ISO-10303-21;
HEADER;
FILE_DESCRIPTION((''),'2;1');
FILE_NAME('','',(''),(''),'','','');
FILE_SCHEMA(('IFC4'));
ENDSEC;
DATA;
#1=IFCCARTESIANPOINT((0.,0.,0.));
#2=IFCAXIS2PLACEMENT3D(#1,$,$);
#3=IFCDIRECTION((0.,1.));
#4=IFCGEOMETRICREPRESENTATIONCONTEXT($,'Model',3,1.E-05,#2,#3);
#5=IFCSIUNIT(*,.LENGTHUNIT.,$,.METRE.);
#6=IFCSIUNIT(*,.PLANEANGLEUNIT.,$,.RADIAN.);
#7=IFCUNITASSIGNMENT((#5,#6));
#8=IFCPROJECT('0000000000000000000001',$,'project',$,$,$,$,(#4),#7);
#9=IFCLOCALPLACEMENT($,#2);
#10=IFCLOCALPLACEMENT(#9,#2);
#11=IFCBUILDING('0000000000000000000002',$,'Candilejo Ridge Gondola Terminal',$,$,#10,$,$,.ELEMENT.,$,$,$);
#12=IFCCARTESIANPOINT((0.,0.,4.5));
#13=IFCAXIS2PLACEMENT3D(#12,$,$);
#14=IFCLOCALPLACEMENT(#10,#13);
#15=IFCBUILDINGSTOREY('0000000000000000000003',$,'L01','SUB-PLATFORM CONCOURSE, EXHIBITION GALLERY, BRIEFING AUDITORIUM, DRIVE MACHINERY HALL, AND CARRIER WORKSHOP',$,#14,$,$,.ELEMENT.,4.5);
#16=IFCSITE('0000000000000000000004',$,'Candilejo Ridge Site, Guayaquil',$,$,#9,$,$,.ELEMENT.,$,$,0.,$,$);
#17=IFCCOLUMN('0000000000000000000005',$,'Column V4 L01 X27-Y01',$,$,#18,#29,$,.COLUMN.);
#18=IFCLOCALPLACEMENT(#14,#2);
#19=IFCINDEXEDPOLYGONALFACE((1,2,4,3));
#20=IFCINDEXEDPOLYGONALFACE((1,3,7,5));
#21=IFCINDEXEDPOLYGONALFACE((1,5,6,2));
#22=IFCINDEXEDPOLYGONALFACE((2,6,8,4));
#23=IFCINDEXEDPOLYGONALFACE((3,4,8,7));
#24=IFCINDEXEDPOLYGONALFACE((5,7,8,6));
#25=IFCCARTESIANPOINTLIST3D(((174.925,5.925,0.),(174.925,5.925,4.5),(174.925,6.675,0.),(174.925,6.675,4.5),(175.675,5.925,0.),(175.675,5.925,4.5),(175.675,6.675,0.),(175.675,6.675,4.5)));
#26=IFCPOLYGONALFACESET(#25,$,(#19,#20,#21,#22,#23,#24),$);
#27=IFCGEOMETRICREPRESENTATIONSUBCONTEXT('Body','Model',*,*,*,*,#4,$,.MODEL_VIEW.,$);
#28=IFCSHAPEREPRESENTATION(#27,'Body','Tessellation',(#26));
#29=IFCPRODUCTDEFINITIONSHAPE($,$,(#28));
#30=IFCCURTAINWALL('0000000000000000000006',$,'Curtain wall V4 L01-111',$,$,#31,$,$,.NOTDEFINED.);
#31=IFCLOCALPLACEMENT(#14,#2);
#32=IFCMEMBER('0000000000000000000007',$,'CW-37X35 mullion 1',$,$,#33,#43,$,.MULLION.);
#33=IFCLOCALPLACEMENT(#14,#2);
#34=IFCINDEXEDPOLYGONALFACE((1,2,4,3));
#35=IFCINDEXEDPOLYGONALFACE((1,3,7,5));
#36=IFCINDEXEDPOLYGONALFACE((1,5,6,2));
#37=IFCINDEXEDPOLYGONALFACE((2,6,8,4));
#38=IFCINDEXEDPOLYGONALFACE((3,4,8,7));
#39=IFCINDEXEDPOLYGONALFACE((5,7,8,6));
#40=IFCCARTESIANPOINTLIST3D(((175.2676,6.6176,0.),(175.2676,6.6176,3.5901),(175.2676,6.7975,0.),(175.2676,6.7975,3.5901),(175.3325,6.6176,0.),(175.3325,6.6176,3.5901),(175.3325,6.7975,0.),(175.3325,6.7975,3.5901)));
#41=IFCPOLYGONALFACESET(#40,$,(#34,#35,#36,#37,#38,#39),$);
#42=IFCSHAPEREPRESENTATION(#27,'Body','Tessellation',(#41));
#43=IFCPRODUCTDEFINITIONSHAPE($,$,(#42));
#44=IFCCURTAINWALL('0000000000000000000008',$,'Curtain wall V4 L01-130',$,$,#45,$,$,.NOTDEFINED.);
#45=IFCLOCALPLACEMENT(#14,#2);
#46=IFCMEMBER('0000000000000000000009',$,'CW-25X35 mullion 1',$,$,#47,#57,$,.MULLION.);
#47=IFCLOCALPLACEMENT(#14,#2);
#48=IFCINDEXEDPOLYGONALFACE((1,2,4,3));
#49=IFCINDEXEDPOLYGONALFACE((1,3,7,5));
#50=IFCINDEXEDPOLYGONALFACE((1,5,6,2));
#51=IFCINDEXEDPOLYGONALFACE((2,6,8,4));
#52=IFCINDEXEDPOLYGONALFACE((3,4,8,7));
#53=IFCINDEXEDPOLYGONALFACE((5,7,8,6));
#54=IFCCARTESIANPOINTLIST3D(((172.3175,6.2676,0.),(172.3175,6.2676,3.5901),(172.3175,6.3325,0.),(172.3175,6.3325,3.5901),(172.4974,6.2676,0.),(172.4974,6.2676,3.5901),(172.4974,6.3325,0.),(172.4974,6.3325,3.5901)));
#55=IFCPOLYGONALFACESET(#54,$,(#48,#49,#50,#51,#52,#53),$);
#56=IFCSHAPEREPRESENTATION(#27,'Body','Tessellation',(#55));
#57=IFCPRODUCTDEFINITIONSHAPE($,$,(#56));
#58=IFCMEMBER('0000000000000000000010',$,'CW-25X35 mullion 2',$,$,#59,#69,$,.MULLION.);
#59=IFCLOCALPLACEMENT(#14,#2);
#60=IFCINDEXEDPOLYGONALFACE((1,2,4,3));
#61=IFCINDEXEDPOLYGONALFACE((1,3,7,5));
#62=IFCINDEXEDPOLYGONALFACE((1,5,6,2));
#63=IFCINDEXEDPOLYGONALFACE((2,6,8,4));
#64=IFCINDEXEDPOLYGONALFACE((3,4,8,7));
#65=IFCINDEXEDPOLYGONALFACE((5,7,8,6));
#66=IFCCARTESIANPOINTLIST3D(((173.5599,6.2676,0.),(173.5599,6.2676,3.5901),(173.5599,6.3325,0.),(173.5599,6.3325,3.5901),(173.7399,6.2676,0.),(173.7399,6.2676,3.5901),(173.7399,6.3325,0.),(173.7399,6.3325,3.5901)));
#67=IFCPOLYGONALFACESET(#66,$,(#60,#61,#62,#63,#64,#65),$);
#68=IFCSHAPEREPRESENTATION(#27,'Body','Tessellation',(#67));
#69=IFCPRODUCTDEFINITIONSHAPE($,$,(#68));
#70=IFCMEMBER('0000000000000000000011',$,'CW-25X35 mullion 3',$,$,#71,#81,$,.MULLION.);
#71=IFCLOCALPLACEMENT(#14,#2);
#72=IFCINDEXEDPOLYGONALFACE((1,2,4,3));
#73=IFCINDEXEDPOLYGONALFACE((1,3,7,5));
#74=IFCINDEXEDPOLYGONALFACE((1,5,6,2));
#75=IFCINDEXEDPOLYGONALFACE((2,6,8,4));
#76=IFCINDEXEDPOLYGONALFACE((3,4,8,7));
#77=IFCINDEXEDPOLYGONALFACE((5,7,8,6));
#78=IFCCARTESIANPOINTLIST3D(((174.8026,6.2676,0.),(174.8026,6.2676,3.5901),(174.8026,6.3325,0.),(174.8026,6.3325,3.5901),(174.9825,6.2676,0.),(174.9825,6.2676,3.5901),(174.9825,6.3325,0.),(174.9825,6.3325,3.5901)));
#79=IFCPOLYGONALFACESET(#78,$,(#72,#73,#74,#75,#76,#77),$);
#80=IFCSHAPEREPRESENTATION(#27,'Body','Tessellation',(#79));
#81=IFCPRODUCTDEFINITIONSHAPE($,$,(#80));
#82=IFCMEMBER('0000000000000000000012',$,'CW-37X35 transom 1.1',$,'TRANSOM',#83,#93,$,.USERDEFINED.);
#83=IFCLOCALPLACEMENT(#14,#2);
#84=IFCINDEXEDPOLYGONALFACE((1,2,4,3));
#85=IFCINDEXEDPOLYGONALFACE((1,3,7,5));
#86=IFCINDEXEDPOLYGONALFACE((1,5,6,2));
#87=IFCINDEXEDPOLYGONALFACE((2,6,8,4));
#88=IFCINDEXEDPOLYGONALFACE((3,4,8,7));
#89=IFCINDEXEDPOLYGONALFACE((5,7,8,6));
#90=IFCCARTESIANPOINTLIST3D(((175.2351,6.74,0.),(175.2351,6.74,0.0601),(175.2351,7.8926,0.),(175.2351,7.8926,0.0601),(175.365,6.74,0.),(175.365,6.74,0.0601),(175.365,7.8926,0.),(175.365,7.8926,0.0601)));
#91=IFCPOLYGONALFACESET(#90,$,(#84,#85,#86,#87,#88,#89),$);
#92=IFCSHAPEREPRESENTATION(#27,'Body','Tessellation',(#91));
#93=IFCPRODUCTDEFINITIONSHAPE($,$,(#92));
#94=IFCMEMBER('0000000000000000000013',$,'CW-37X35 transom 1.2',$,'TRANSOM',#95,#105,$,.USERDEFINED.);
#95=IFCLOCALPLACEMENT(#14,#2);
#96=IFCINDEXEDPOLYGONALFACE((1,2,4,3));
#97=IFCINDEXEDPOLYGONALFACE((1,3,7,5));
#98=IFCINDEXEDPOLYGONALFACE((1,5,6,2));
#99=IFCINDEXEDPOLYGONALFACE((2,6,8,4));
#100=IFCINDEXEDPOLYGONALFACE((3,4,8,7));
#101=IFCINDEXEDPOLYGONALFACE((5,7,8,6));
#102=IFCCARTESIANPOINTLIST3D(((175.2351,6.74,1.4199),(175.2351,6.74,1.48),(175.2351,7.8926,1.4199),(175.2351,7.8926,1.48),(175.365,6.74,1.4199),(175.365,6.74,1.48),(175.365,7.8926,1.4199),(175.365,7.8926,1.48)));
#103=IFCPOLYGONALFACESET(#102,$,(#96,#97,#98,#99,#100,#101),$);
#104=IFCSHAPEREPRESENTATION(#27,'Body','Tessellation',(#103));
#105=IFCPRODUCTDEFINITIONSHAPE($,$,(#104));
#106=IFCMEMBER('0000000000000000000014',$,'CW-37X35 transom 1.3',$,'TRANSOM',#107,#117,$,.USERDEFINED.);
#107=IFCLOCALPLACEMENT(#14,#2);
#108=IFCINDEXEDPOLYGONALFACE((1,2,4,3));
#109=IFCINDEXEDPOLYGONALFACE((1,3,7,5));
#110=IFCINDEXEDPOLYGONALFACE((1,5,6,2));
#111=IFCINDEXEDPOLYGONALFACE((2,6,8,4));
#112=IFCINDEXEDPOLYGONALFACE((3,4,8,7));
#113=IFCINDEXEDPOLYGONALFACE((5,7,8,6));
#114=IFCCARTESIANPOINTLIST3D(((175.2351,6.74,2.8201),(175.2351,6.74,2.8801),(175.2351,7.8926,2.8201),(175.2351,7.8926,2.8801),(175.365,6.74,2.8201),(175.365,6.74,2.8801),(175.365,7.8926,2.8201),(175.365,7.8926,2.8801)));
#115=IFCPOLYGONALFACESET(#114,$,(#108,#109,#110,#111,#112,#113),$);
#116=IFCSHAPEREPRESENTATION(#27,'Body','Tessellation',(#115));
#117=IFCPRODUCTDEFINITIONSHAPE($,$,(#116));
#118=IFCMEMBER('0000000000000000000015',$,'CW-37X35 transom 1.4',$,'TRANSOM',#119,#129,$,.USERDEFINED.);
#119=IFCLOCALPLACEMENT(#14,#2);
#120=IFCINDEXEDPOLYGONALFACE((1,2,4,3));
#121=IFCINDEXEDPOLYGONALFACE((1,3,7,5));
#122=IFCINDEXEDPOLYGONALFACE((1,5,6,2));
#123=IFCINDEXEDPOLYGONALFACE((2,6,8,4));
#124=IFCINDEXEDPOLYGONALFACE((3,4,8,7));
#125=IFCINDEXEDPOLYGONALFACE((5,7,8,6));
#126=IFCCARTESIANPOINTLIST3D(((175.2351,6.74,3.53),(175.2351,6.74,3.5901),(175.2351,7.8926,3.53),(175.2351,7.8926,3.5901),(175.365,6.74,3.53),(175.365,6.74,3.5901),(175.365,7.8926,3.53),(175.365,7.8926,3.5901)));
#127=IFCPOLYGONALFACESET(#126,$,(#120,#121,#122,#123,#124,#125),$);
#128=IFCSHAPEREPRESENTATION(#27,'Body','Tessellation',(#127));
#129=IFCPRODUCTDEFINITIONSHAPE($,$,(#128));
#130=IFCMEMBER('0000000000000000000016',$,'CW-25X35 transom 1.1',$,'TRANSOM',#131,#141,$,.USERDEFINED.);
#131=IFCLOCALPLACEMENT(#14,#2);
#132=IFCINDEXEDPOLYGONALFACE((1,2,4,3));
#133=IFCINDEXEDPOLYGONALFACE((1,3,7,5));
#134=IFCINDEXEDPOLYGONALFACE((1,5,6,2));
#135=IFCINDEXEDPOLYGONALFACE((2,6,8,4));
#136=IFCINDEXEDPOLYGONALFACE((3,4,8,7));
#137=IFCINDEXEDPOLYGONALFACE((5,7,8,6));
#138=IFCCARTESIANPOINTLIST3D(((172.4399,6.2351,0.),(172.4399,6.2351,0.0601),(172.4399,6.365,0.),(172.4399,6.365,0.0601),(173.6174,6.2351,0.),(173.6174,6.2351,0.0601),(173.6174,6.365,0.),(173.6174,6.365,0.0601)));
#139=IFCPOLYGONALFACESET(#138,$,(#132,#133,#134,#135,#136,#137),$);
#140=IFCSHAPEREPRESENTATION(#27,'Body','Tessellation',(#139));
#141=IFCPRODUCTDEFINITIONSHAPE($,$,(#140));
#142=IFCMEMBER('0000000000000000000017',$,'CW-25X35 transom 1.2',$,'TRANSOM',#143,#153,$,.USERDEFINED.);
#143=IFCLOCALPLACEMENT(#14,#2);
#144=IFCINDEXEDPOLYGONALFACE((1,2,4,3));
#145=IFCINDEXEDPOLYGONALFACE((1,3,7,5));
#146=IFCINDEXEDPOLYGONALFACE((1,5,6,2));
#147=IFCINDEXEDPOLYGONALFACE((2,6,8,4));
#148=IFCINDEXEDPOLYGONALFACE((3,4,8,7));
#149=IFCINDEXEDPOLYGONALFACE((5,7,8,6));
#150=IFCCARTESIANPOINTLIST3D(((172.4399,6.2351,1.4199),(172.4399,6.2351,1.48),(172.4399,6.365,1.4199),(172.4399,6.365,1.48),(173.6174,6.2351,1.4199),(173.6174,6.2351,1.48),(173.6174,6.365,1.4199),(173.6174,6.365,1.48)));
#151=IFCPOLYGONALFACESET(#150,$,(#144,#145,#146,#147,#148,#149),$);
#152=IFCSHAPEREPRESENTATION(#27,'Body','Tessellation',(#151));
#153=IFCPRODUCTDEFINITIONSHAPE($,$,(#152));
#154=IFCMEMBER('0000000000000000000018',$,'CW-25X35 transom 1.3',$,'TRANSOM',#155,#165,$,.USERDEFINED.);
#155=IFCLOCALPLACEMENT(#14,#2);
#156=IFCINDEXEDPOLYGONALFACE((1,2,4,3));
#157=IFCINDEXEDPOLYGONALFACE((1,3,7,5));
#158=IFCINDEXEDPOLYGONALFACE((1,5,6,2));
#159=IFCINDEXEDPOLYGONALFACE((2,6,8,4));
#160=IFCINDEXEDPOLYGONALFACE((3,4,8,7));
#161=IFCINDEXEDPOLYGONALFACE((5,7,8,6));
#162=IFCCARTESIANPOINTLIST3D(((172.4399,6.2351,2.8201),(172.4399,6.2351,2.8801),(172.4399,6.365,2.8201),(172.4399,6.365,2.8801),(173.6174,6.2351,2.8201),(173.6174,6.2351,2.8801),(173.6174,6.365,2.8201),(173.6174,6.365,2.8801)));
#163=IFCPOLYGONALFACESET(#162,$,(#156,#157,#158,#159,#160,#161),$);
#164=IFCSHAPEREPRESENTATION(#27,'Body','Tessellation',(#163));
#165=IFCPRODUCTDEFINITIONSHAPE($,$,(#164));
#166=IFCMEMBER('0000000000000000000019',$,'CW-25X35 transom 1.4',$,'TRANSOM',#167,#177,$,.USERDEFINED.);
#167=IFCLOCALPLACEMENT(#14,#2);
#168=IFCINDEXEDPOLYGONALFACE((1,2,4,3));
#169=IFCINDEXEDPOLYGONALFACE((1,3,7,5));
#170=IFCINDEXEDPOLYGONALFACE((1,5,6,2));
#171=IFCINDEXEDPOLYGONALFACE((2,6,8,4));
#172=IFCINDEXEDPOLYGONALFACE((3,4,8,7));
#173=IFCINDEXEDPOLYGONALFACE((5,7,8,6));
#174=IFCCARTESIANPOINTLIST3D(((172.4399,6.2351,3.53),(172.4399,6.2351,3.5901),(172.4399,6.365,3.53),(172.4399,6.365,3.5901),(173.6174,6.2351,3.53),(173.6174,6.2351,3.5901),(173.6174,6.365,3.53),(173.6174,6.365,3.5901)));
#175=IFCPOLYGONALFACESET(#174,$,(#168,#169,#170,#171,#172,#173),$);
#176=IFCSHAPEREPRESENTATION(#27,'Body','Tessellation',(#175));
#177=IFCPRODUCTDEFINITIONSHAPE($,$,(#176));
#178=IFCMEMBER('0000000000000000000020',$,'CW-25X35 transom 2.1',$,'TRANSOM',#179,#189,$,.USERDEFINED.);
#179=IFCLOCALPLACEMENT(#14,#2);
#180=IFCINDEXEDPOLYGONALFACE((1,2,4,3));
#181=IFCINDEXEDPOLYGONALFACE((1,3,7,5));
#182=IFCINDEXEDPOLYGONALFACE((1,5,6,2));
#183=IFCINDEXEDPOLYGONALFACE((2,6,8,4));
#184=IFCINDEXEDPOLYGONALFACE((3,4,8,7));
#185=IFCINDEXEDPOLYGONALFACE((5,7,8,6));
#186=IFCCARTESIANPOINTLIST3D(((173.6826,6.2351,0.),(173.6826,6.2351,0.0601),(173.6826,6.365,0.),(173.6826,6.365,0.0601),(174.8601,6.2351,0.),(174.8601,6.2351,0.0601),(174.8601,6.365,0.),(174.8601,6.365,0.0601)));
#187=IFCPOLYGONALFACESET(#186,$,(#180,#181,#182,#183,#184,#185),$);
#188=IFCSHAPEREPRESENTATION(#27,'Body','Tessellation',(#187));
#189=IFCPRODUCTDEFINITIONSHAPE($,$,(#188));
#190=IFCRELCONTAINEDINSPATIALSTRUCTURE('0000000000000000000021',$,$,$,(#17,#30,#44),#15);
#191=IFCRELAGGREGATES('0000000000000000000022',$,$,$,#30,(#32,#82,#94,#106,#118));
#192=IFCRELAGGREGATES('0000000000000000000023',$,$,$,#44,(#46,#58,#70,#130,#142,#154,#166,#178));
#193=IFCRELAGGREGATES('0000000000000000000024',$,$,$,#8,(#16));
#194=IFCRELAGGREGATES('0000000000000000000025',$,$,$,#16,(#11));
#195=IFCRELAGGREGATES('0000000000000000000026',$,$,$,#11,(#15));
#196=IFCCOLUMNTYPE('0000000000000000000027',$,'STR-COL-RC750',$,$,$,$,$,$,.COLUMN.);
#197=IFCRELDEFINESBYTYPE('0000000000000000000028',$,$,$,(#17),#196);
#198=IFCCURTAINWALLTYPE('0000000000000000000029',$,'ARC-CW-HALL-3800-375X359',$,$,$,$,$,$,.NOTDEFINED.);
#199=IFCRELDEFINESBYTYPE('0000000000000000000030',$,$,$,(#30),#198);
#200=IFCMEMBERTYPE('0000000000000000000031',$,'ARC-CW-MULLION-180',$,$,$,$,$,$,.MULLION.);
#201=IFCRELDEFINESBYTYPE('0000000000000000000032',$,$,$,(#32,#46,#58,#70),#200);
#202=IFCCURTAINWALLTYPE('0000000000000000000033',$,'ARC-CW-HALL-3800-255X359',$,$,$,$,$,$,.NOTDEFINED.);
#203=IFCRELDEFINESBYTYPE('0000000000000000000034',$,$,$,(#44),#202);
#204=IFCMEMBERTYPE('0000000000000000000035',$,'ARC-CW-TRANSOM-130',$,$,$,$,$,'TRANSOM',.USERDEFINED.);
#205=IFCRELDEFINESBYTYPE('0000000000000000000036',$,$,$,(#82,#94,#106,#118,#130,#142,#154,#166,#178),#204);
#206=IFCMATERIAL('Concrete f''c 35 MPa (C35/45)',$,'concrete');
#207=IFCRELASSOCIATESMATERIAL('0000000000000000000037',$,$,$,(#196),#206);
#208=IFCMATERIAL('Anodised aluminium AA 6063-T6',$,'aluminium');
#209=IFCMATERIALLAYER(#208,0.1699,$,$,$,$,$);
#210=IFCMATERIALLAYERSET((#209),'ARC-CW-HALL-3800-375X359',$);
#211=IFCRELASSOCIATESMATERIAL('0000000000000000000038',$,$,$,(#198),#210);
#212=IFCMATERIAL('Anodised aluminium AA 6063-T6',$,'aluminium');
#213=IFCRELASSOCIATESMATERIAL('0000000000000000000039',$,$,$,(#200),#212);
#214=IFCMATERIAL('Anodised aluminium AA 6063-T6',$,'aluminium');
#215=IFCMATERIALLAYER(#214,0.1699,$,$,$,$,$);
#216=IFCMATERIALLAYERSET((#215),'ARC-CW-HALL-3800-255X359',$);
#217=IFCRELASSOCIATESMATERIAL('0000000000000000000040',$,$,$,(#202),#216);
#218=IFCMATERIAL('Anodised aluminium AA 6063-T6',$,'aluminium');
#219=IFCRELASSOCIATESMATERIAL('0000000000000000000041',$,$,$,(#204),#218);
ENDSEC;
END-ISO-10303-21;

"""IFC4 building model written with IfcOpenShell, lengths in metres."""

from ifc_helpers import new_model, si_unit, direction, frame, origin, origin_2d, place, context, subcontext, project, spatial, rectangle, extrude, material, layer, layer_set, material_profile, profile_set, type_object, element, aggregate, save


model = new_model("IFC4")

# Units and contexts
model_context = context("Model", 3, precision=1e-05, world=origin(), true_north=direction((0.0, 1.0)))
body_context = subcontext(model_context, "Body", "Model", "MODEL_VIEW")
ifc_project = project(units=[si_unit("LENGTHUNIT", "METRE"), si_unit("PLANEANGLEUNIT", "RADIAN")], contexts=[model_context])

# Site, building, storey
site_placement = place(None, origin())
site = spatial("IfcSite", under=ifc_project, at=site_placement, Name="Candilejo Ridge Site, Guayaquil", CompositionType="ELEMENT", RefElevation=0.0)
building_placement = place(site_placement, origin())
building = spatial("IfcBuilding", under=site, at=building_placement, Name="Candilejo Ridge Gondola Terminal", CompositionType="ELEMENT")
storey_placement = place(building_placement, frame((0.0, 0.0, 4.5)))
storey = spatial("IfcBuildingStorey", under=building, at=storey_placement, Name="L01", Description="SUB-PLATFORM CONCOURSE, EXHIBITION GALLERY, BRIEFING AUDITORIUM, DRIVE MACHINERY HALL, AND CARRIER WORKSHOP", CompositionType="ELEMENT", Elevation=4.5)

# Column
ifc_material_1 = material(Name="Concrete f'c 35 MPa (C35/45)", Category="concrete")
ifc_material_profile_1 = material_profile(ifc_material_1, rectangle(XDim=0.75, YDim=0.75, at=origin_2d()))
ifc_profile_set_1 = profile_set([ifc_material_profile_1], Name="Concrete f'c 35 MPa (C35/45)")
column_type = type_object("IfcColumnType", Name="STR-COL-RC750", PredefinedType="COLUMN", material=ifc_profile_set_1)
column_placement = place(storey_placement, frame((175.3, 6.3, 0.0), z_axis=(0.0, 0.0, 1.0), x_axis=(1.0, 0.0, 0.0)))
element("IfcColumn", 1, at=column_placement, inside=storey, type_object=column_type, Name="Column V4 L01 X27-Y01", PredefinedType="COLUMN", context=body_context, shape_type="SweptSolid", body=[
    extrude(rectangle(XDim=0.75, YDim=0.75, at=origin_2d()), origin(), (0.0, 0.0, 1.0), 4.5),
])

# Curtain wall, member
ifc_material_2 = material(Name="Anodised aluminium AA 6063-T6", Category="aluminium")
ifc_layer_1 = layer(ifc_material_2, 0.1699)
ifc_layer_set_1 = layer_set([ifc_layer_1], Name="ARC-CW-HALL-3800-375X359")
curtain_wall_type_1 = type_object("IfcCurtainWallType", Name="ARC-CW-HALL-3800-375X359", PredefinedType="NOTDEFINED", material=ifc_layer_set_1)
curtain_wall_1_placement = place(storey_placement, origin())
curtain_wall_1 = element("IfcCurtainWall", 2, at=curtain_wall_1_placement, inside=storey, type_object=curtain_wall_type_1, Name="Curtain wall V4 L01-111", PredefinedType="NOTDEFINED")
ifc_material_3 = material(Name="Anodised aluminium AA 6063-T6", Category="aluminium")
ifc_material_profile_2 = material_profile(ifc_material_3, rectangle(XDim=0.0649, YDim=0.1799, at=origin_2d()))
ifc_profile_set_2 = profile_set([ifc_material_profile_2], Name="Anodised aluminium AA 6063-T6")
member_type_1 = type_object("IfcMemberType", Name="ARC-CW-MULLION-180", PredefinedType="MULLION", material=ifc_profile_set_2)
member_1_placement = place(storey_placement, frame((175.3, 6.7075, 0.0), z_axis=(0.0, 0.0, 1.0), x_axis=(-1.0, 0.0, 0.0)))
member_1 = element("IfcMember", 3, at=member_1_placement, type_object=member_type_1, Name="CW-37X35 mullion 1", PredefinedType="MULLION", context=body_context, shape_type="SweptSolid", body=[
    extrude(rectangle(XDim=0.0649, YDim=0.1799, at=origin_2d()), origin(), (0.0, 0.0, 1.0), 3.5901),
])

# Curtain wall, members
ifc_material_4 = material(Name="Anodised aluminium AA 6063-T6", Category="aluminium")
ifc_layer_2 = layer(ifc_material_4, 0.1699)
ifc_layer_set_2 = layer_set([ifc_layer_2], Name="ARC-CW-HALL-3800-255X359")
curtain_wall_type_2 = type_object("IfcCurtainWallType", Name="ARC-CW-HALL-3800-255X359", PredefinedType="NOTDEFINED", material=ifc_layer_set_2)
curtain_wall_2_placement = place(storey_placement, origin())
curtain_wall_2 = element("IfcCurtainWall", 4, at=curtain_wall_2_placement, inside=storey, type_object=curtain_wall_type_2, Name="Curtain wall V4 L01-130", PredefinedType="NOTDEFINED")
member_2_placement = place(storey_placement, frame((172.4075, 6.3, 0.0), z_axis=(0.0, 0.0, 1.0), x_axis=(0.0, 1.0, 0.0)))
member_2 = element("IfcMember", 5, at=member_2_placement, type_object=member_type_1, Name="CW-25X35 mullion 1", PredefinedType="MULLION", context=body_context, shape_type="SweptSolid", body=[
    extrude(rectangle(XDim=0.0649, YDim=0.1799, at=origin_2d()), origin(), (0.0, 0.0, 1.0), 3.5901),
])
member_3_placement = place(storey_placement, frame((173.6499, 6.3, 0.0), z_axis=(0.0, 0.0, 1.0), x_axis=(0.0, 1.0, 0.0)))
member_3 = element("IfcMember", 6, at=member_3_placement, type_object=member_type_1, Name="CW-25X35 mullion 2", PredefinedType="MULLION", context=body_context, shape_type="SweptSolid", body=[
    extrude(rectangle(XDim=0.0649, YDim=0.1799, at=origin_2d()), origin(), (0.0, 0.0, 1.0), 3.5901),
])
member_4_placement = place(storey_placement, frame((174.8926, 6.3, 0.0), z_axis=(0.0, 0.0, 1.0), x_axis=(0.0, 1.0, 0.0)))
member_4 = element("IfcMember", 7, at=member_4_placement, type_object=member_type_1, Name="CW-25X35 mullion 3", PredefinedType="MULLION", context=body_context, shape_type="SweptSolid", body=[
    extrude(rectangle(XDim=0.0649, YDim=0.1799, at=origin_2d()), origin(), (0.0, 0.0, 1.0), 3.5901),
])

# Members
ifc_material_5 = material(Name="Anodised aluminium AA 6063-T6", Category="aluminium")
ifc_material_profile_3 = material_profile(ifc_material_5, rectangle(XDim=0.1299, YDim=0.0601, at=origin_2d()))
ifc_profile_set_3 = profile_set([ifc_material_profile_3], Name="Anodised aluminium AA 6063-T6")
member_type_2 = type_object("IfcMemberType", Name="ARC-CW-TRANSOM-130", ElementType="TRANSOM", PredefinedType="USERDEFINED", material=ifc_profile_set_3)
member_5_placement = place(storey_placement, frame((175.3, 6.74, 0.03), z_axis=(0.0, 1.0, 0.0), x_axis=(-1.0, 0.0, 0.0)))
member_5 = element("IfcMember", 8, at=member_5_placement, type_object=member_type_2, Name="CW-37X35 transom 1.1", ObjectType="TRANSOM", PredefinedType="USERDEFINED", context=body_context, shape_type="SweptSolid", body=[
    extrude(rectangle(XDim=0.1299, YDim=0.0601, at=origin_2d()), origin(), (0.0, 0.0, 1.0), 1.1526),
])
member_6_placement = place(storey_placement, frame((175.3, 6.74, 1.45), z_axis=(0.0, 1.0, 0.0), x_axis=(-1.0, 0.0, 0.0)))
member_6 = element("IfcMember", 9, at=member_6_placement, type_object=member_type_2, Name="CW-37X35 transom 1.2", ObjectType="TRANSOM", PredefinedType="USERDEFINED", context=body_context, shape_type="SweptSolid", body=[
    extrude(rectangle(XDim=0.1299, YDim=0.0601, at=origin_2d()), origin(), (0.0, 0.0, 1.0), 1.1526),
])
member_7_placement = place(storey_placement, frame((175.3, 6.74, 2.8501), z_axis=(0.0, 1.0, 0.0), x_axis=(-1.0, 0.0, 0.0)))
member_7 = element("IfcMember", 10, at=member_7_placement, type_object=member_type_2, Name="CW-37X35 transom 1.3", ObjectType="TRANSOM", PredefinedType="USERDEFINED", context=body_context, shape_type="SweptSolid", body=[
    extrude(rectangle(XDim=0.1299, YDim=0.0601, at=origin_2d()), origin(), (0.0, 0.0, 1.0), 1.1526),
])
member_8_placement = place(storey_placement, frame((175.3, 6.74, 3.5601), z_axis=(0.0, 1.0, 0.0), x_axis=(-1.0, 0.0, 0.0)))
member_8 = element("IfcMember", 11, at=member_8_placement, type_object=member_type_2, Name="CW-37X35 transom 1.4", ObjectType="TRANSOM", PredefinedType="USERDEFINED", context=body_context, shape_type="SweptSolid", body=[
    extrude(rectangle(XDim=0.1299, YDim=0.0601, at=origin_2d()), origin(), (0.0, 0.0, 1.0), 1.1526),
])
aggregate(curtain_wall_1, [member_1, member_5, member_6, member_7, member_8])
member_9_placement = place(storey_placement, frame((172.4399, 6.3, 0.03), z_axis=(1.0, 0.0, 0.0), x_axis=(0.0, 1.0, 0.0)))
member_9 = element("IfcMember", 12, at=member_9_placement, type_object=member_type_2, Name="CW-25X35 transom 1.1", ObjectType="TRANSOM", PredefinedType="USERDEFINED", context=body_context, shape_type="SweptSolid", body=[
    extrude(rectangle(XDim=0.1299, YDim=0.0601, at=origin_2d()), origin(), (0.0, 0.0, 1.0), 1.1775),
])
member_10_placement = place(storey_placement, frame((172.4399, 6.3, 1.45), z_axis=(1.0, 0.0, 0.0), x_axis=(0.0, 1.0, 0.0)))
member_10 = element("IfcMember", 13, at=member_10_placement, type_object=member_type_2, Name="CW-25X35 transom 1.2", ObjectType="TRANSOM", PredefinedType="USERDEFINED", context=body_context, shape_type="SweptSolid", body=[
    extrude(rectangle(XDim=0.1299, YDim=0.0601, at=origin_2d()), origin(), (0.0, 0.0, 1.0), 1.1775),
])
member_11_placement = place(storey_placement, frame((172.4399, 6.3, 2.8501), z_axis=(1.0, 0.0, 0.0), x_axis=(0.0, 1.0, 0.0)))
member_11 = element("IfcMember", 14, at=member_11_placement, type_object=member_type_2, Name="CW-25X35 transom 1.3", ObjectType="TRANSOM", PredefinedType="USERDEFINED", context=body_context, shape_type="SweptSolid", body=[
    extrude(rectangle(XDim=0.1299, YDim=0.0601, at=origin_2d()), origin(), (0.0, 0.0, 1.0), 1.1775),
])
member_12_placement = place(storey_placement, frame((172.4399, 6.3, 3.5601), z_axis=(1.0, 0.0, 0.0), x_axis=(0.0, 1.0, 0.0)))
member_12 = element("IfcMember", 15, at=member_12_placement, type_object=member_type_2, Name="CW-25X35 transom 1.4", ObjectType="TRANSOM", PredefinedType="USERDEFINED", context=body_context, shape_type="SweptSolid", body=[
    extrude(rectangle(XDim=0.1299, YDim=0.0601, at=origin_2d()), origin(), (0.0, 0.0, 1.0), 1.1775),
])
member_13_placement = place(storey_placement, frame((173.6826, 6.3, 0.03), z_axis=(1.0, 0.0, 0.0), x_axis=(0.0, 1.0, 0.0)))
member_13 = element("IfcMember", 16, at=member_13_placement, type_object=member_type_2, Name="CW-25X35 transom 2.1", ObjectType="TRANSOM", PredefinedType="USERDEFINED", context=body_context, shape_type="SweptSolid", body=[
    extrude(rectangle(XDim=0.1299, YDim=0.0601, at=origin_2d()), origin(), (0.0, 0.0, 1.0), 1.1775),
])

aggregate(curtain_wall_2, [member_2, member_3, member_4, member_9, member_10, member_11, member_12, member_13])

save(model, "model.ifc")
